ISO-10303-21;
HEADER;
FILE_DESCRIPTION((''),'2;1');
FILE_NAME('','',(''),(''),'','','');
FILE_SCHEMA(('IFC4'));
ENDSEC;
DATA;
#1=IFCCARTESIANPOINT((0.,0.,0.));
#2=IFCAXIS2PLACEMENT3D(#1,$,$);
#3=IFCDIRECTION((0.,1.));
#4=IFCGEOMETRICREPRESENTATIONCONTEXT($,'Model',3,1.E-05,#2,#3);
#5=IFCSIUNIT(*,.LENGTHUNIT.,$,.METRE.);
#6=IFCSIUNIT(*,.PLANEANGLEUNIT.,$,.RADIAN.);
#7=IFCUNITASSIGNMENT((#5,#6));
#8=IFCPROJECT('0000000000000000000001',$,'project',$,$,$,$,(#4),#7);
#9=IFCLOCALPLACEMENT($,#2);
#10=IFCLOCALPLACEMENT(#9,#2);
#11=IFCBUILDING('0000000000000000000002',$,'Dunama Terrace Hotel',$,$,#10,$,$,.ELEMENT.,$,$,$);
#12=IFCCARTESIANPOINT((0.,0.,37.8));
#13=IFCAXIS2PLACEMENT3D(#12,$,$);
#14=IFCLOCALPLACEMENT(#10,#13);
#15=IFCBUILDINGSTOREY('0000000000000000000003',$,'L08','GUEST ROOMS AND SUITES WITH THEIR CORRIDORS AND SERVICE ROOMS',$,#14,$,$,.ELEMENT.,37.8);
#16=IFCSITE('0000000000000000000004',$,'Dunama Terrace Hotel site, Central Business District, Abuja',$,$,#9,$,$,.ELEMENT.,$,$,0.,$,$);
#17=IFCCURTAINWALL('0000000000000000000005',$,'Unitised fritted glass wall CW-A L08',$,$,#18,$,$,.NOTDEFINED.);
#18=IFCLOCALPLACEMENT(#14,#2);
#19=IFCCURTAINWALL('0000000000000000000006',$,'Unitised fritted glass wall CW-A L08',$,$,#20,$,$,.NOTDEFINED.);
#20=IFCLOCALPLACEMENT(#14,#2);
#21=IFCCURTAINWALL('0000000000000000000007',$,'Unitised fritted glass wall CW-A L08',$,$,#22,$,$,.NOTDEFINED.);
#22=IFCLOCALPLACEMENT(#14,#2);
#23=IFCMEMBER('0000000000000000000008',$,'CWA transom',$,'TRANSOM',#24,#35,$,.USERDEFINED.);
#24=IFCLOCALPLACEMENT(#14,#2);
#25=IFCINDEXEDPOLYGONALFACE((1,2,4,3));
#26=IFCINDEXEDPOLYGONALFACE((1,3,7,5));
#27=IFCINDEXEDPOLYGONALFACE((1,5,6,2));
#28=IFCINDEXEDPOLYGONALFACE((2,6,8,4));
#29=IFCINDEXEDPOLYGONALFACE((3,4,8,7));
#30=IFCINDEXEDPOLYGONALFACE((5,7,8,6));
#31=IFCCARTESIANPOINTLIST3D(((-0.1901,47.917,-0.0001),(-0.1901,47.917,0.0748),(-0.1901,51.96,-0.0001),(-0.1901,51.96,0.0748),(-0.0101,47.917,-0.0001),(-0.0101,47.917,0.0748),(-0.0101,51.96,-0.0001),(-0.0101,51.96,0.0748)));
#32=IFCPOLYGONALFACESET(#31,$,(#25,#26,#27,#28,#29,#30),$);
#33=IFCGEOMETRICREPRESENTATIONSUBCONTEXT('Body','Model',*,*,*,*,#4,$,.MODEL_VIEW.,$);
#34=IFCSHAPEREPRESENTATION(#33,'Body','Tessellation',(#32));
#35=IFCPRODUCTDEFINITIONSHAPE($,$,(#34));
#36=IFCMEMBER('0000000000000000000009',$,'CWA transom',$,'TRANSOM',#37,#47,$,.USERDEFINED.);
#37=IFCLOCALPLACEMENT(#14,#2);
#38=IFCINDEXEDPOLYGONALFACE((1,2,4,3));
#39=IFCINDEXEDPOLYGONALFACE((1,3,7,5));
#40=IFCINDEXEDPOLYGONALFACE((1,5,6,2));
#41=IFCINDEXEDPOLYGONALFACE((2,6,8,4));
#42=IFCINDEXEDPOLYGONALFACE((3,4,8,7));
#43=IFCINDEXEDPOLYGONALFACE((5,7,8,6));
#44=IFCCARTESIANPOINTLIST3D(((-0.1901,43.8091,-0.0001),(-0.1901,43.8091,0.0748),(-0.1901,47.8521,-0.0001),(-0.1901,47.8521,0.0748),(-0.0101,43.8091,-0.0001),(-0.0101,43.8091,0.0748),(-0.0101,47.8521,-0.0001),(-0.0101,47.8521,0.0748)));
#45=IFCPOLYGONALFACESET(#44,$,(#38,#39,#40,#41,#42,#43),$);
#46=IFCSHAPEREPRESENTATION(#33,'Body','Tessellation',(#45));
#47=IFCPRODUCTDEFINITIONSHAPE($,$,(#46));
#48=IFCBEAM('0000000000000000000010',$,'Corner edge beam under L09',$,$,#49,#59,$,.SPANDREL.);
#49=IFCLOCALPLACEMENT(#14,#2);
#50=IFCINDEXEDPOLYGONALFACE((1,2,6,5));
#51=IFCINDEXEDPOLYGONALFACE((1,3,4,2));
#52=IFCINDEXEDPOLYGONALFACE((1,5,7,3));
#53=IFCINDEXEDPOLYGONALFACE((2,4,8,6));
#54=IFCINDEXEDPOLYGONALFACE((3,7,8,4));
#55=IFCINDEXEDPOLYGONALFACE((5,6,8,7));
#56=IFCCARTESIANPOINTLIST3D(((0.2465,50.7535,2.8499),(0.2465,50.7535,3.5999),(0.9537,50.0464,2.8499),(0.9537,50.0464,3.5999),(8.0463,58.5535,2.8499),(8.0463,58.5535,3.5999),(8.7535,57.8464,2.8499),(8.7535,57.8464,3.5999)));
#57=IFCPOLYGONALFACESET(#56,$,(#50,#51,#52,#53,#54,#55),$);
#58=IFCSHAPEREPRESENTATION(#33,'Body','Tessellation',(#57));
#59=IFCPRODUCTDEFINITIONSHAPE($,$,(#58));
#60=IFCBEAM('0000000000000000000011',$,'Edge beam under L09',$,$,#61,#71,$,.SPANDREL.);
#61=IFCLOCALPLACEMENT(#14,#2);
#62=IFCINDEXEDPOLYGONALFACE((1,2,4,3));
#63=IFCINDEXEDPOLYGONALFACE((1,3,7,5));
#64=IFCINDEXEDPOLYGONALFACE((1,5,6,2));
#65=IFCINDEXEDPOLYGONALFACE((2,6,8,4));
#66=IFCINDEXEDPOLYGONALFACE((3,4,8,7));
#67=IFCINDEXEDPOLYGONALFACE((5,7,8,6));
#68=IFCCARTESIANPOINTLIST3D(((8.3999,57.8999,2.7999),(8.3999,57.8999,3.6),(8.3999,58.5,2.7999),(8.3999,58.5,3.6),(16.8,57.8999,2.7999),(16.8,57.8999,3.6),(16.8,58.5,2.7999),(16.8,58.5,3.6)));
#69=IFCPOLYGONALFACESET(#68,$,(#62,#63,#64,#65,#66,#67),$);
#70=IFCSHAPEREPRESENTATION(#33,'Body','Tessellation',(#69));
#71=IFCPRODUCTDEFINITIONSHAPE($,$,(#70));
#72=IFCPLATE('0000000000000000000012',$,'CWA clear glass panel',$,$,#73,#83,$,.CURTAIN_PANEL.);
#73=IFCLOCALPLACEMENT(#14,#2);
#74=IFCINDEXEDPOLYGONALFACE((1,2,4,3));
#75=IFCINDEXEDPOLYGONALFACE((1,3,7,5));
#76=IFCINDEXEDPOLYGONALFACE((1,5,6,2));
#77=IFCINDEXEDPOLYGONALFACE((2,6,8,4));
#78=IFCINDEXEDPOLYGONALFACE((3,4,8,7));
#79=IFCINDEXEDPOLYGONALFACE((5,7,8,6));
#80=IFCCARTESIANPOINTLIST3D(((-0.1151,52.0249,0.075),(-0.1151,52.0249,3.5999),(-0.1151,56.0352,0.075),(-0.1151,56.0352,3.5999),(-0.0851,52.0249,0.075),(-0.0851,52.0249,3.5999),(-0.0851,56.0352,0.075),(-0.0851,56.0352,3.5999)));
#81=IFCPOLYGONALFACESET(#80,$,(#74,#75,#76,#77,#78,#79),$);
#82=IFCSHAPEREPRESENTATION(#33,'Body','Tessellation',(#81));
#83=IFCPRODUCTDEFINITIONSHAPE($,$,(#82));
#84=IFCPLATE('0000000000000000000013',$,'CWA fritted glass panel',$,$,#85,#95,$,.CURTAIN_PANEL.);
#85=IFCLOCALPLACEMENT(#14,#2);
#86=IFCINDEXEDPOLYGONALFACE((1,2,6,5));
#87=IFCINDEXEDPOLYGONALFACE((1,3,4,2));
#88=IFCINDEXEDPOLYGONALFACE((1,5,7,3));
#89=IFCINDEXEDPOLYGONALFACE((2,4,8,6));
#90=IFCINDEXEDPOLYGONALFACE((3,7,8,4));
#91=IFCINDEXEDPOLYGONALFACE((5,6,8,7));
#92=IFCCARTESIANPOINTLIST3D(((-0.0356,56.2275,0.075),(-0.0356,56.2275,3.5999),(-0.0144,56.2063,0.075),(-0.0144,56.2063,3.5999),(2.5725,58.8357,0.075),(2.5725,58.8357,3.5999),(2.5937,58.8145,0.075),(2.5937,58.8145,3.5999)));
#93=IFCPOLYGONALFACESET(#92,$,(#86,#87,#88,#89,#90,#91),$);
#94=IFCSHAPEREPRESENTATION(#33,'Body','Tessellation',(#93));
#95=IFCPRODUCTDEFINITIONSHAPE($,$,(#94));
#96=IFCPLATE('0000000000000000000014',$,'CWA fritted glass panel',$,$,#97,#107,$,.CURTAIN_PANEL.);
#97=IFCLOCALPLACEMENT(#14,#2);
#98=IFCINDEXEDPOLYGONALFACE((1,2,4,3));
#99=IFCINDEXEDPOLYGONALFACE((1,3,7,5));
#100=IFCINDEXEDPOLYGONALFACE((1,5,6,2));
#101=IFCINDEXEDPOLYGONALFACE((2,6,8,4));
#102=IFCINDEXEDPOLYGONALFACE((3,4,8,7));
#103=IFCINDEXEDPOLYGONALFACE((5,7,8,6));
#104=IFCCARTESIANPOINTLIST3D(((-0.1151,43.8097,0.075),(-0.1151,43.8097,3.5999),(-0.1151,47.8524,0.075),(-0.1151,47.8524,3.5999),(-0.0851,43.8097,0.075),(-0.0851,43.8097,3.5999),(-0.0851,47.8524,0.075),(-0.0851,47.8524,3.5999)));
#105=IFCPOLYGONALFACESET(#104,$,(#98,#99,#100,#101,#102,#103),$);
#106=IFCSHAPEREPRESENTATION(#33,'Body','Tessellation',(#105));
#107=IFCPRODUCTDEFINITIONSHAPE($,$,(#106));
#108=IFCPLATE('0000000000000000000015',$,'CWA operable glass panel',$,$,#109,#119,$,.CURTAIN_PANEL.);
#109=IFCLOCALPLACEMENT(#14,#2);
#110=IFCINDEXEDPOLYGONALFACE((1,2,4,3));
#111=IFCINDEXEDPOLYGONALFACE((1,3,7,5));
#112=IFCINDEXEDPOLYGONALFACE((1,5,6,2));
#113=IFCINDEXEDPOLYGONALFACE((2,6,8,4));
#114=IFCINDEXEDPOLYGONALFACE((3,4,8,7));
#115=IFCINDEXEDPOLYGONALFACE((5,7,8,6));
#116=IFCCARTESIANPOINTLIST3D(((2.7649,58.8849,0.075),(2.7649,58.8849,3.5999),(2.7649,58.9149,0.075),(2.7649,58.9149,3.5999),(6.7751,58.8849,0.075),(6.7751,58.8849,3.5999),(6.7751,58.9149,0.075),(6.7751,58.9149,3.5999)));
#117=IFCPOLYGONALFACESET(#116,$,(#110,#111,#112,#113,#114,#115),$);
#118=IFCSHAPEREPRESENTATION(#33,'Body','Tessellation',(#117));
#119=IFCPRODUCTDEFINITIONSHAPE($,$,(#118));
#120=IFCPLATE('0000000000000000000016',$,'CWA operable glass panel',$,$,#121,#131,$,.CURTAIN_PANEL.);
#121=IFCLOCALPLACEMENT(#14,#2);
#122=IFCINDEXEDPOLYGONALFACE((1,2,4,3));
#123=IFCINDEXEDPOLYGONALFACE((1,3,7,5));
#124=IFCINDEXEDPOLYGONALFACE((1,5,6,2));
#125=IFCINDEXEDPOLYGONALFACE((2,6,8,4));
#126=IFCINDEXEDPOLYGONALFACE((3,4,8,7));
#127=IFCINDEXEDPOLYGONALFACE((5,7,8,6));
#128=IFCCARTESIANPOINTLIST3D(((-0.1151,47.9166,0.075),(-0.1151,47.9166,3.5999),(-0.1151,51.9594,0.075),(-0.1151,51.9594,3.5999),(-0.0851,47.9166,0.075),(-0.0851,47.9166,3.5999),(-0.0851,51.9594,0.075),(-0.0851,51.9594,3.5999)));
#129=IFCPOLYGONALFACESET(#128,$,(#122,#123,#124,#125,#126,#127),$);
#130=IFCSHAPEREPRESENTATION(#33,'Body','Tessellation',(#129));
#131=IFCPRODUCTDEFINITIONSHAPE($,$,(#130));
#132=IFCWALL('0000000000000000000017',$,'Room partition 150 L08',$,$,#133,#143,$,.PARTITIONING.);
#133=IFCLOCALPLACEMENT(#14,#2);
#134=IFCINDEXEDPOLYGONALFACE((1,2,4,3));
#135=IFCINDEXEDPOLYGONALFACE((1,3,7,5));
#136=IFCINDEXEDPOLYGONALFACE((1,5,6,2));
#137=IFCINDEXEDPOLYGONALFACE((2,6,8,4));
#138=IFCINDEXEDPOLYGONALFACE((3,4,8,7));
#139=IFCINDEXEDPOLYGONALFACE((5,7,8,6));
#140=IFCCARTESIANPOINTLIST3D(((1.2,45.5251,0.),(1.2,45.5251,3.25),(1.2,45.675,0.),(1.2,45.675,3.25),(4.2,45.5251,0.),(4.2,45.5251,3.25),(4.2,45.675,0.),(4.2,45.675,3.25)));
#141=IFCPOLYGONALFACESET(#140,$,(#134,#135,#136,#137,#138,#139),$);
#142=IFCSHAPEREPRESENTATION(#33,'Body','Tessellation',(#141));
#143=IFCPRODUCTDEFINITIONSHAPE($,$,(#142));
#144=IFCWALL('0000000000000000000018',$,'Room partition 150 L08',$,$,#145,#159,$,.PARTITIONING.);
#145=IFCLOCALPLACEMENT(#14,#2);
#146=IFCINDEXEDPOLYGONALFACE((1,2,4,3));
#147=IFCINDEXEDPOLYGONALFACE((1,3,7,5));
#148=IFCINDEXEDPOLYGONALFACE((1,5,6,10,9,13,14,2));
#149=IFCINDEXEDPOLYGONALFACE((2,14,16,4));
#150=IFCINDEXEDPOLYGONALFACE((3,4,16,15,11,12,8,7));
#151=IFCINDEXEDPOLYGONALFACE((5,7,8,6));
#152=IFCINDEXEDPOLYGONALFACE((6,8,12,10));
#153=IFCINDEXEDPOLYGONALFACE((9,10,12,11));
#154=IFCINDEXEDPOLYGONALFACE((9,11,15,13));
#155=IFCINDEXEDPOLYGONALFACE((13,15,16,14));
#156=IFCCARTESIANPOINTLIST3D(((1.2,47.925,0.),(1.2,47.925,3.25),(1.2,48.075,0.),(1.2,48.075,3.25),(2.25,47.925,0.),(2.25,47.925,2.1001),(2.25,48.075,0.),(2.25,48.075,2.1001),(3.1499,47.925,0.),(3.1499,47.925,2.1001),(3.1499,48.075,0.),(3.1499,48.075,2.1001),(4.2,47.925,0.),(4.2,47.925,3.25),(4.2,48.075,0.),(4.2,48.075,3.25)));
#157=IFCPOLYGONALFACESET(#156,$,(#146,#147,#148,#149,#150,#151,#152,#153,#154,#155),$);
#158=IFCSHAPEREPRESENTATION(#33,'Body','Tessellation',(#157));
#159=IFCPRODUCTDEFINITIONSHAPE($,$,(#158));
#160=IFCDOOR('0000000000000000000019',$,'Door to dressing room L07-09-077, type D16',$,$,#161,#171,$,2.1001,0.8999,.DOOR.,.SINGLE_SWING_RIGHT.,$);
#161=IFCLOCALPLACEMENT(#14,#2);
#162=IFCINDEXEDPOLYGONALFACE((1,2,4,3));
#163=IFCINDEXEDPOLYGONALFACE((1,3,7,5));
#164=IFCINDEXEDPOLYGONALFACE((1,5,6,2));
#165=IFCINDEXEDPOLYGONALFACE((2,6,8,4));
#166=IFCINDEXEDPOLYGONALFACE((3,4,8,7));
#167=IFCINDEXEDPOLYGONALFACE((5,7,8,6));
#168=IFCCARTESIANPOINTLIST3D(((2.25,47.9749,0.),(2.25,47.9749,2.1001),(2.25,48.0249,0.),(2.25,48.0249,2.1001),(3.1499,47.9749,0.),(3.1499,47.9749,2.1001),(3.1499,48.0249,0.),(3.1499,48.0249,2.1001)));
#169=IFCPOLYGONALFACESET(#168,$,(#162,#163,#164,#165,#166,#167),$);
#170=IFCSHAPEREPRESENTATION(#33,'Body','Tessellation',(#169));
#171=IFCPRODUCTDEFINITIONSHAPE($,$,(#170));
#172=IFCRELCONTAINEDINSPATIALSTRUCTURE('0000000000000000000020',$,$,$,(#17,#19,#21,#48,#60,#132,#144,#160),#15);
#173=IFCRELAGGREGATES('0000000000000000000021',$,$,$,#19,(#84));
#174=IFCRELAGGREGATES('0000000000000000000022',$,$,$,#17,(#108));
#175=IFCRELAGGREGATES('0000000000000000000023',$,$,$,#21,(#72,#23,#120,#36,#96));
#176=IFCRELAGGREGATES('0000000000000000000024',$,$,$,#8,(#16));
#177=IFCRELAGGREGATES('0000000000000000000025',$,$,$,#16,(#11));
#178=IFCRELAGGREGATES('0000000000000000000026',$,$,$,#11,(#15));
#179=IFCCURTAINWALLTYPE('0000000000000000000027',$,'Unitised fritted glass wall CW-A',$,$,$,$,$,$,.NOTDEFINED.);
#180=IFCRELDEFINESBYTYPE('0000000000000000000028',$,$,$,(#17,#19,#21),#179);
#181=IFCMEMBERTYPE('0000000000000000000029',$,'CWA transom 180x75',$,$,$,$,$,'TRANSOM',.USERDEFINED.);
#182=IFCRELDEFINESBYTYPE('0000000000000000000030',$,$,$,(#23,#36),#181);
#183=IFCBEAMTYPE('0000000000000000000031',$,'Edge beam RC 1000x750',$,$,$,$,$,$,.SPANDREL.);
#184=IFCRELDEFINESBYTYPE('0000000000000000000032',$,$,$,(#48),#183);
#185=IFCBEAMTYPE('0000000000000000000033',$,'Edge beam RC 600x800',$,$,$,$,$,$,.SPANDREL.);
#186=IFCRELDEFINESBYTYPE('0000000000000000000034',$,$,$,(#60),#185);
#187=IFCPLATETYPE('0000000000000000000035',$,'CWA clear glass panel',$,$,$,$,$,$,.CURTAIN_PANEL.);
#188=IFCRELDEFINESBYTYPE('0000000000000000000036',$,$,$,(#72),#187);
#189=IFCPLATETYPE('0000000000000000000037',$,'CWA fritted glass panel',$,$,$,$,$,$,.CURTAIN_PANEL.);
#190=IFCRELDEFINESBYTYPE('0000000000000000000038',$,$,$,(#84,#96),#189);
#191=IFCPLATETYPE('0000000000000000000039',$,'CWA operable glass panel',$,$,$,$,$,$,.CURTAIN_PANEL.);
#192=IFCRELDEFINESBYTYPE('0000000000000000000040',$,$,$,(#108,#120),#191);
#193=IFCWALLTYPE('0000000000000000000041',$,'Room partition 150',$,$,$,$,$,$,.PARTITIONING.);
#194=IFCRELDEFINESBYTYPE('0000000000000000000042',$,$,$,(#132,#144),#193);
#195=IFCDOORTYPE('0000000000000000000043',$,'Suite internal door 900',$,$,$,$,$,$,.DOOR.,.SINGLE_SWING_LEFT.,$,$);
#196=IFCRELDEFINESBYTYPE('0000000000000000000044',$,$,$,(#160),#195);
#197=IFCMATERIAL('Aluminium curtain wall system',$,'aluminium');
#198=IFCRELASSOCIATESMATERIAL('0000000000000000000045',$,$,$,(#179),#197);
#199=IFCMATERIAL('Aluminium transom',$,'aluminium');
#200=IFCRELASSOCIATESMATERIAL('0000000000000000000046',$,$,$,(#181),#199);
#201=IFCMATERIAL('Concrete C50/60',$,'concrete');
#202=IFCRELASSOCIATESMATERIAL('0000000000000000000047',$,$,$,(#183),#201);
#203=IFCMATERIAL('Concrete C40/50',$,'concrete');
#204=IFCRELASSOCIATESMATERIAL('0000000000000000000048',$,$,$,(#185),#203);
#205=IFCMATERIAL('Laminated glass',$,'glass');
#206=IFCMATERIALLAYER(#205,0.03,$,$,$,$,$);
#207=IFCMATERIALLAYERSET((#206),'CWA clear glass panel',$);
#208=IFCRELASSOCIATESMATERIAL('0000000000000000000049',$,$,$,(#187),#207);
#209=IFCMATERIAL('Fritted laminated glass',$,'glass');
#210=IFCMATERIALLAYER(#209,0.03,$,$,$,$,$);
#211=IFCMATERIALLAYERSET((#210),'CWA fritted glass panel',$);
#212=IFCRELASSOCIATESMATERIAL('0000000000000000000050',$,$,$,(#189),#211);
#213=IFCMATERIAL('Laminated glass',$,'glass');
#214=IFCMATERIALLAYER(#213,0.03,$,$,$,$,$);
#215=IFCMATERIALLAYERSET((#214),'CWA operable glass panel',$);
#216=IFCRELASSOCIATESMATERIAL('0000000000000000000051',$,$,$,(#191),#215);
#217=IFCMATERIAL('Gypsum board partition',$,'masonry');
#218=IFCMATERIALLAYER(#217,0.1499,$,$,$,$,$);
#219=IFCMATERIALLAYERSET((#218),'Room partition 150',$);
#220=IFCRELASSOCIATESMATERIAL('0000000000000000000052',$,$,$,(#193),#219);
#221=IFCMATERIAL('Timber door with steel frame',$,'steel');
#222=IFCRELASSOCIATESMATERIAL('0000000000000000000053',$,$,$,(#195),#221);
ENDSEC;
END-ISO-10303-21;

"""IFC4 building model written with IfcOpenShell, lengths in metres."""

from ifc_helpers import new_model, si_unit, direction, frame, frame_2d, origin, origin_2d, place, context, subcontext, project, spatial, rectangle, extrude, material, layer, layer_set, material_profile, profile_set, type_object, element, fill, aggregate, save


model = new_model("IFC4")

# Units and contexts
model_context = context("Model", 3, precision=1e-05, world=origin(), true_north=direction((0.0, 1.0)))
body_context = subcontext(model_context, "Body", "Model", "MODEL_VIEW")
ifc_project = project(units=[si_unit("LENGTHUNIT", "METRE"), si_unit("PLANEANGLEUNIT", "RADIAN")], contexts=[model_context])

# Site, building, storey
site_placement = place(None, origin())
site = spatial("IfcSite", under=ifc_project, at=site_placement, Name="Dunama Terrace Hotel site, Central Business District, Abuja", CompositionType="ELEMENT", RefElevation=0.0)
building_placement = place(site_placement, origin())
building = spatial("IfcBuilding", under=site, at=building_placement, Name="Dunama Terrace Hotel", CompositionType="ELEMENT")
storey_placement = place(building_placement, frame((0.0, 0.0, 37.8)))
storey = spatial("IfcBuildingStorey", under=building, at=storey_placement, Name="L08", Description="GUEST ROOMS AND SUITES WITH THEIR CORRIDORS AND SERVICE ROOMS", CompositionType="ELEMENT", Elevation=37.8)

# Curtain walls
ifc_material_1 = material(Name="Aluminium curtain wall system", Category="aluminium")
curtain_wall_type = type_object("IfcCurtainWallType", Name="Unitised fritted glass wall CW-A", PredefinedType="NOTDEFINED", material=ifc_material_1)
curtain_wall_1_placement = place(storey_placement, origin())
curtain_wall_1 = element("IfcCurtainWall", 1, at=curtain_wall_1_placement, inside=storey, type_object=curtain_wall_type, Name="Unitised fritted glass wall CW-A L08", PredefinedType="NOTDEFINED")
curtain_wall_2_placement = place(storey_placement, origin())
curtain_wall_2 = element("IfcCurtainWall", 2, at=curtain_wall_2_placement, inside=storey, type_object=curtain_wall_type, Name="Unitised fritted glass wall CW-A L08", PredefinedType="NOTDEFINED")
curtain_wall_3_placement = place(storey_placement, origin())
curtain_wall_3 = element("IfcCurtainWall", 3, at=curtain_wall_3_placement, inside=storey, type_object=curtain_wall_type, Name="Unitised fritted glass wall CW-A L08", PredefinedType="NOTDEFINED")

# Members
ifc_material_2 = material(Name="Aluminium transom", Category="aluminium")
ifc_material_profile_1 = material_profile(ifc_material_2, rectangle(XDim=0.1799, YDim=0.075, at=origin_2d()), Name="CWA TRANSOM 180X75")
ifc_profile_set_1 = profile_set([ifc_material_profile_1], Name="Aluminium transom")
member_type_1 = type_object("IfcMemberType", Name="CWA transom 180x75", ElementType="TRANSOM", PredefinedType="USERDEFINED", material=ifc_profile_set_1)
member_1_placement = place(storey_placement, frame((-0.1001, 51.96, 0.0374), z_axis=(0.0, -1.0, 0.0), x_axis=(1.0, 0.0, 0.0)))
member_1 = element("IfcMember", 4, at=member_1_placement, type_object=member_type_1, Name="CWA transom", ObjectType="TRANSOM", PredefinedType="USERDEFINED", context=body_context, shape_type="SweptSolid", body=[
    extrude(rectangle(XDim=0.1799, YDim=0.075, at=origin_2d()), origin(), (0.0, 0.0, 1.0), 4.043),
])
member_2_placement = place(storey_placement, frame((-0.1001, 47.8521, 0.0374), z_axis=(0.0, -1.0, 0.0), x_axis=(1.0, 0.0, 0.0)))
member_2 = element("IfcMember", 5, at=member_2_placement, type_object=member_type_1, Name="CWA transom", ObjectType="TRANSOM", PredefinedType="USERDEFINED", context=body_context, shape_type="SweptSolid", body=[
    extrude(rectangle(XDim=0.1799, YDim=0.075, at=origin_2d()), origin(), (0.0, 0.0, 1.0), 4.043),
])

# Beams
ifc_material_3 = material(Name="Concrete C50/60", Category="concrete")
ifc_material_profile_2 = material_profile(ifc_material_3, rectangle(XDim=1.0, YDim=0.75, at=origin_2d()), Name="RC 1000x750")
ifc_profile_set_2 = profile_set([ifc_material_profile_2], Name="Concrete C50/60")
beam_type_1 = type_object("IfcBeamType", Name="Edge beam RC 1000x750", PredefinedType="SPANDREL", material=ifc_profile_set_2)
beam_1_placement = place(storey_placement, frame((8.3999, 58.2, 3.2249), z_axis=(-0.707096, -0.707118, 0.0), x_axis=(0.707118, -0.707096, 0.0)))
element("IfcBeam", 6, at=beam_1_placement, inside=storey, type_object=beam_type_1, Name="Corner edge beam under L09", PredefinedType="SPANDREL", context=body_context, shape_type="SweptSolid", body=[
    extrude(rectangle(XDim=1.0, YDim=0.75, at=origin_2d()), origin(), (0.0, 0.0, 1.0), 11.0308),
])
ifc_material_4 = material(Name="Concrete C40/50", Category="concrete")
ifc_material_profile_3 = material_profile(ifc_material_4, rectangle(XDim=0.6001, YDim=0.8, at=origin_2d()), Name="RC 600x800")
ifc_profile_set_3 = profile_set([ifc_material_profile_3], Name="Concrete C40/50")
beam_type_2 = type_object("IfcBeamType", Name="Edge beam RC 600x800", PredefinedType="SPANDREL", material=ifc_profile_set_3)
beam_2_placement = place(storey_placement, frame((8.3999, 58.2, 3.2), z_axis=(1.0, 0.0, 0.0), x_axis=(0.0, 1.0, 0.0)))
element("IfcBeam", 7, at=beam_2_placement, inside=storey, type_object=beam_type_2, Name="Edge beam under L09", PredefinedType="SPANDREL", context=body_context, shape_type="SweptSolid", body=[
    extrude(rectangle(XDim=0.6001, YDim=0.8, at=origin_2d()), origin(), (0.0, 0.0, 1.0), 8.4001),
])

# Plates
ifc_material_5 = material(Name="Laminated glass", Category="glass")
ifc_layer_1 = layer(ifc_material_5, 0.03)
ifc_layer_set_1 = layer_set([ifc_layer_1], Name="CWA clear glass panel")
plate_type_1 = type_object("IfcPlateType", Name="CWA clear glass panel", PredefinedType="CURTAIN_PANEL", material=ifc_layer_set_1)
plate_1_placement = place(storey_placement, frame((-0.1001, 54.03, 0.075), z_axis=(0.0, 0.0, 1.0), x_axis=(0.0, -1.0, 0.0)))
plate_1 = element("IfcPlate", 8, at=plate_1_placement, type_object=plate_type_1, Name="CWA clear glass panel", PredefinedType="CURTAIN_PANEL", context=body_context, shape_type="SweptSolid", body=[
    extrude(rectangle(XDim=4.0103, YDim=0.03, at=origin_2d()), origin(), (0.0, 0.0, 1.0), 3.5249),
])
ifc_material_6 = material(Name="Fritted laminated glass", Category="glass")
ifc_layer_2 = layer(ifc_material_6, 0.03)
ifc_layer_set_2 = layer_set([ifc_layer_2], Name="CWA fritted glass panel")
plate_type_2 = type_object("IfcPlateType", Name="CWA fritted glass panel", PredefinedType="CURTAIN_PANEL", material=ifc_layer_set_2)
plate_2_placement = place(storey_placement, frame((1.2791, 57.521, 0.075), z_axis=(0.0, 0.0, 1.0), x_axis=(-0.707107, -0.707107, 0.0)))
plate_2 = element("IfcPlate", 9, at=plate_2_placement, type_object=plate_type_2, Name="CWA fritted glass panel", PredefinedType="CURTAIN_PANEL", context=body_context, shape_type="SweptSolid", body=[
    extrude(rectangle(XDim=3.6885, YDim=0.03, at=origin_2d()), origin(), (0.0, 0.0, 1.0), 3.5249),
])
aggregate(curtain_wall_2, [plate_2])
plate_3_placement = place(storey_placement, frame((-0.1001, 45.8311, 0.075), z_axis=(0.0, 0.0, 1.0), x_axis=(0.0, -1.0, 0.0)))
plate_3 = element("IfcPlate", 10, at=plate_3_placement, type_object=plate_type_2, Name="CWA fritted glass panel", PredefinedType="CURTAIN_PANEL", context=body_context, shape_type="SweptSolid", body=[
    extrude(rectangle(XDim=4.0427, YDim=0.03, at=origin_2d()), origin(), (0.0, 0.0, 1.0), 3.5249),
])
ifc_material_7 = material(Name="Laminated glass", Category="glass")
ifc_layer_3 = layer(ifc_material_7, 0.03)
ifc_layer_set_3 = layer_set([ifc_layer_3], Name="CWA operable glass panel")
plate_type_3 = type_object("IfcPlateType", Name="CWA operable glass panel", PredefinedType="CURTAIN_PANEL", material=ifc_layer_set_3)
plate_4_placement = place(storey_placement, frame((4.77, 58.8999, 0.075), z_axis=(0.0, 0.0, 1.0), x_axis=(-1.0, 0.0, 0.0)))
plate_4 = element("IfcPlate", 11, at=plate_4_placement, type_object=plate_type_3, Name="CWA operable glass panel", PredefinedType="CURTAIN_PANEL", context=body_context, shape_type="SweptSolid", body=[
    extrude(rectangle(XDim=4.0103, YDim=0.03, at=origin_2d()), origin(), (0.0, 0.0, 1.0), 3.5249),
])
aggregate(curtain_wall_1, [plate_4])
plate_5_placement = place(storey_placement, frame((-0.1001, 49.938, 0.075), z_axis=(0.0, 0.0, 1.0), x_axis=(0.0, -1.0, 0.0)))
plate_5 = element("IfcPlate", 12, at=plate_5_placement, type_object=plate_type_3, Name="CWA operable glass panel", PredefinedType="CURTAIN_PANEL", context=body_context, shape_type="SweptSolid", body=[
    extrude(rectangle(XDim=4.0427, YDim=0.03, at=origin_2d()), origin(), (0.0, 0.0, 1.0), 3.5249),
])
aggregate(curtain_wall_3, [plate_1, member_1, plate_5, member_2, plate_3])

# Wall
ifc_material_8 = material(Name="Gypsum board partition", Category="masonry")
ifc_layer_4 = layer(ifc_material_8, 0.1499)
ifc_layer_set_4 = layer_set([ifc_layer_4], Name="Room partition 150")
wall_type = type_object("IfcWallType", Name="Room partition 150", PredefinedType="PARTITIONING", material=ifc_layer_set_4)
wall_1_placement = place(storey_placement, frame((1.2, 45.6001, 0.0), z_axis=(0.0, 0.0, 1.0), x_axis=(1.0, 0.0, 0.0)))
element("IfcWall", 13, at=wall_1_placement, inside=storey, type_object=wall_type, Name="Room partition 150 L08", PredefinedType="PARTITIONING", context=body_context, shape_type="SweptSolid", body=[
    extrude(rectangle(XDim=3.0, YDim=0.1499, at=frame_2d((1.5, 0.0))), origin(), (0.0, 0.0, 1.0), 3.25),
])

# Wall, opening, door
wall_2_placement = place(storey_placement, frame((1.2, 48.0, 0.0), z_axis=(0.0, 0.0, 1.0), x_axis=(1.0, 0.0, 0.0)))
wall_2 = element("IfcWall", 14, at=wall_2_placement, inside=storey, type_object=wall_type, Name="Room partition 150 L08", PredefinedType="PARTITIONING", context=body_context, shape_type="SweptSolid", body=[
    extrude(rectangle(XDim=3.0, YDim=0.1499, at=frame_2d((1.5, 0.0))), origin(), (0.0, 0.0, 1.0), 3.25),
])
opening_placement = place(wall_2_placement, frame((1.05, 0.0, 0.0)))
opening = element("IfcOpeningElement", 15, at=opening_placement, cuts=wall_2, PredefinedType="OPENING", context=body_context, shape_type="SweptSolid", body=[
    extrude(rectangle(XDim=0.8999, YDim=2.1001, at=frame_2d((0.45, 1.05))), frame((0.0, 0.085, 0.0), z_axis=(0.0, -1.0, 0.0), x_axis=(1.0, 0.0, 0.0)), (0.0, 0.0, 1.0), 0.1699),
])
ifc_material_9 = material(Name="Timber door with steel frame", Category="steel")
door_type = type_object("IfcDoorType", Name="Suite internal door 900", OperationType="SINGLE_SWING_LEFT", PredefinedType="DOOR", material=ifc_material_9)
door_placement = place(opening_placement, frame((0.8999, 0.0, 0.0), z_axis=(0.0, 0.0, 1.0), x_axis=(-1.0, 0.0, 0.0)))
door = element("IfcDoor", 16, at=door_placement, inside=storey, type_object=door_type, Name="Door to dressing room L07-09-077, type D16", OperationType="SINGLE_SWING_RIGHT", OverallHeight=2.1001, OverallWidth=0.8999, PredefinedType="DOOR", context=body_context, shape_type="SweptSolid", body=[
    extrude(rectangle(XDim=0.8999, YDim=2.1001, at=frame_2d((0.45, 1.05))), frame((0.0, 0.0251, 0.0), z_axis=(0.0, -1.0, 0.0), x_axis=(1.0, 0.0, 0.0)), (0.0, 0.0, 1.0), 0.05),
])
fill(opening, door)

save(model, "model.ifc")
